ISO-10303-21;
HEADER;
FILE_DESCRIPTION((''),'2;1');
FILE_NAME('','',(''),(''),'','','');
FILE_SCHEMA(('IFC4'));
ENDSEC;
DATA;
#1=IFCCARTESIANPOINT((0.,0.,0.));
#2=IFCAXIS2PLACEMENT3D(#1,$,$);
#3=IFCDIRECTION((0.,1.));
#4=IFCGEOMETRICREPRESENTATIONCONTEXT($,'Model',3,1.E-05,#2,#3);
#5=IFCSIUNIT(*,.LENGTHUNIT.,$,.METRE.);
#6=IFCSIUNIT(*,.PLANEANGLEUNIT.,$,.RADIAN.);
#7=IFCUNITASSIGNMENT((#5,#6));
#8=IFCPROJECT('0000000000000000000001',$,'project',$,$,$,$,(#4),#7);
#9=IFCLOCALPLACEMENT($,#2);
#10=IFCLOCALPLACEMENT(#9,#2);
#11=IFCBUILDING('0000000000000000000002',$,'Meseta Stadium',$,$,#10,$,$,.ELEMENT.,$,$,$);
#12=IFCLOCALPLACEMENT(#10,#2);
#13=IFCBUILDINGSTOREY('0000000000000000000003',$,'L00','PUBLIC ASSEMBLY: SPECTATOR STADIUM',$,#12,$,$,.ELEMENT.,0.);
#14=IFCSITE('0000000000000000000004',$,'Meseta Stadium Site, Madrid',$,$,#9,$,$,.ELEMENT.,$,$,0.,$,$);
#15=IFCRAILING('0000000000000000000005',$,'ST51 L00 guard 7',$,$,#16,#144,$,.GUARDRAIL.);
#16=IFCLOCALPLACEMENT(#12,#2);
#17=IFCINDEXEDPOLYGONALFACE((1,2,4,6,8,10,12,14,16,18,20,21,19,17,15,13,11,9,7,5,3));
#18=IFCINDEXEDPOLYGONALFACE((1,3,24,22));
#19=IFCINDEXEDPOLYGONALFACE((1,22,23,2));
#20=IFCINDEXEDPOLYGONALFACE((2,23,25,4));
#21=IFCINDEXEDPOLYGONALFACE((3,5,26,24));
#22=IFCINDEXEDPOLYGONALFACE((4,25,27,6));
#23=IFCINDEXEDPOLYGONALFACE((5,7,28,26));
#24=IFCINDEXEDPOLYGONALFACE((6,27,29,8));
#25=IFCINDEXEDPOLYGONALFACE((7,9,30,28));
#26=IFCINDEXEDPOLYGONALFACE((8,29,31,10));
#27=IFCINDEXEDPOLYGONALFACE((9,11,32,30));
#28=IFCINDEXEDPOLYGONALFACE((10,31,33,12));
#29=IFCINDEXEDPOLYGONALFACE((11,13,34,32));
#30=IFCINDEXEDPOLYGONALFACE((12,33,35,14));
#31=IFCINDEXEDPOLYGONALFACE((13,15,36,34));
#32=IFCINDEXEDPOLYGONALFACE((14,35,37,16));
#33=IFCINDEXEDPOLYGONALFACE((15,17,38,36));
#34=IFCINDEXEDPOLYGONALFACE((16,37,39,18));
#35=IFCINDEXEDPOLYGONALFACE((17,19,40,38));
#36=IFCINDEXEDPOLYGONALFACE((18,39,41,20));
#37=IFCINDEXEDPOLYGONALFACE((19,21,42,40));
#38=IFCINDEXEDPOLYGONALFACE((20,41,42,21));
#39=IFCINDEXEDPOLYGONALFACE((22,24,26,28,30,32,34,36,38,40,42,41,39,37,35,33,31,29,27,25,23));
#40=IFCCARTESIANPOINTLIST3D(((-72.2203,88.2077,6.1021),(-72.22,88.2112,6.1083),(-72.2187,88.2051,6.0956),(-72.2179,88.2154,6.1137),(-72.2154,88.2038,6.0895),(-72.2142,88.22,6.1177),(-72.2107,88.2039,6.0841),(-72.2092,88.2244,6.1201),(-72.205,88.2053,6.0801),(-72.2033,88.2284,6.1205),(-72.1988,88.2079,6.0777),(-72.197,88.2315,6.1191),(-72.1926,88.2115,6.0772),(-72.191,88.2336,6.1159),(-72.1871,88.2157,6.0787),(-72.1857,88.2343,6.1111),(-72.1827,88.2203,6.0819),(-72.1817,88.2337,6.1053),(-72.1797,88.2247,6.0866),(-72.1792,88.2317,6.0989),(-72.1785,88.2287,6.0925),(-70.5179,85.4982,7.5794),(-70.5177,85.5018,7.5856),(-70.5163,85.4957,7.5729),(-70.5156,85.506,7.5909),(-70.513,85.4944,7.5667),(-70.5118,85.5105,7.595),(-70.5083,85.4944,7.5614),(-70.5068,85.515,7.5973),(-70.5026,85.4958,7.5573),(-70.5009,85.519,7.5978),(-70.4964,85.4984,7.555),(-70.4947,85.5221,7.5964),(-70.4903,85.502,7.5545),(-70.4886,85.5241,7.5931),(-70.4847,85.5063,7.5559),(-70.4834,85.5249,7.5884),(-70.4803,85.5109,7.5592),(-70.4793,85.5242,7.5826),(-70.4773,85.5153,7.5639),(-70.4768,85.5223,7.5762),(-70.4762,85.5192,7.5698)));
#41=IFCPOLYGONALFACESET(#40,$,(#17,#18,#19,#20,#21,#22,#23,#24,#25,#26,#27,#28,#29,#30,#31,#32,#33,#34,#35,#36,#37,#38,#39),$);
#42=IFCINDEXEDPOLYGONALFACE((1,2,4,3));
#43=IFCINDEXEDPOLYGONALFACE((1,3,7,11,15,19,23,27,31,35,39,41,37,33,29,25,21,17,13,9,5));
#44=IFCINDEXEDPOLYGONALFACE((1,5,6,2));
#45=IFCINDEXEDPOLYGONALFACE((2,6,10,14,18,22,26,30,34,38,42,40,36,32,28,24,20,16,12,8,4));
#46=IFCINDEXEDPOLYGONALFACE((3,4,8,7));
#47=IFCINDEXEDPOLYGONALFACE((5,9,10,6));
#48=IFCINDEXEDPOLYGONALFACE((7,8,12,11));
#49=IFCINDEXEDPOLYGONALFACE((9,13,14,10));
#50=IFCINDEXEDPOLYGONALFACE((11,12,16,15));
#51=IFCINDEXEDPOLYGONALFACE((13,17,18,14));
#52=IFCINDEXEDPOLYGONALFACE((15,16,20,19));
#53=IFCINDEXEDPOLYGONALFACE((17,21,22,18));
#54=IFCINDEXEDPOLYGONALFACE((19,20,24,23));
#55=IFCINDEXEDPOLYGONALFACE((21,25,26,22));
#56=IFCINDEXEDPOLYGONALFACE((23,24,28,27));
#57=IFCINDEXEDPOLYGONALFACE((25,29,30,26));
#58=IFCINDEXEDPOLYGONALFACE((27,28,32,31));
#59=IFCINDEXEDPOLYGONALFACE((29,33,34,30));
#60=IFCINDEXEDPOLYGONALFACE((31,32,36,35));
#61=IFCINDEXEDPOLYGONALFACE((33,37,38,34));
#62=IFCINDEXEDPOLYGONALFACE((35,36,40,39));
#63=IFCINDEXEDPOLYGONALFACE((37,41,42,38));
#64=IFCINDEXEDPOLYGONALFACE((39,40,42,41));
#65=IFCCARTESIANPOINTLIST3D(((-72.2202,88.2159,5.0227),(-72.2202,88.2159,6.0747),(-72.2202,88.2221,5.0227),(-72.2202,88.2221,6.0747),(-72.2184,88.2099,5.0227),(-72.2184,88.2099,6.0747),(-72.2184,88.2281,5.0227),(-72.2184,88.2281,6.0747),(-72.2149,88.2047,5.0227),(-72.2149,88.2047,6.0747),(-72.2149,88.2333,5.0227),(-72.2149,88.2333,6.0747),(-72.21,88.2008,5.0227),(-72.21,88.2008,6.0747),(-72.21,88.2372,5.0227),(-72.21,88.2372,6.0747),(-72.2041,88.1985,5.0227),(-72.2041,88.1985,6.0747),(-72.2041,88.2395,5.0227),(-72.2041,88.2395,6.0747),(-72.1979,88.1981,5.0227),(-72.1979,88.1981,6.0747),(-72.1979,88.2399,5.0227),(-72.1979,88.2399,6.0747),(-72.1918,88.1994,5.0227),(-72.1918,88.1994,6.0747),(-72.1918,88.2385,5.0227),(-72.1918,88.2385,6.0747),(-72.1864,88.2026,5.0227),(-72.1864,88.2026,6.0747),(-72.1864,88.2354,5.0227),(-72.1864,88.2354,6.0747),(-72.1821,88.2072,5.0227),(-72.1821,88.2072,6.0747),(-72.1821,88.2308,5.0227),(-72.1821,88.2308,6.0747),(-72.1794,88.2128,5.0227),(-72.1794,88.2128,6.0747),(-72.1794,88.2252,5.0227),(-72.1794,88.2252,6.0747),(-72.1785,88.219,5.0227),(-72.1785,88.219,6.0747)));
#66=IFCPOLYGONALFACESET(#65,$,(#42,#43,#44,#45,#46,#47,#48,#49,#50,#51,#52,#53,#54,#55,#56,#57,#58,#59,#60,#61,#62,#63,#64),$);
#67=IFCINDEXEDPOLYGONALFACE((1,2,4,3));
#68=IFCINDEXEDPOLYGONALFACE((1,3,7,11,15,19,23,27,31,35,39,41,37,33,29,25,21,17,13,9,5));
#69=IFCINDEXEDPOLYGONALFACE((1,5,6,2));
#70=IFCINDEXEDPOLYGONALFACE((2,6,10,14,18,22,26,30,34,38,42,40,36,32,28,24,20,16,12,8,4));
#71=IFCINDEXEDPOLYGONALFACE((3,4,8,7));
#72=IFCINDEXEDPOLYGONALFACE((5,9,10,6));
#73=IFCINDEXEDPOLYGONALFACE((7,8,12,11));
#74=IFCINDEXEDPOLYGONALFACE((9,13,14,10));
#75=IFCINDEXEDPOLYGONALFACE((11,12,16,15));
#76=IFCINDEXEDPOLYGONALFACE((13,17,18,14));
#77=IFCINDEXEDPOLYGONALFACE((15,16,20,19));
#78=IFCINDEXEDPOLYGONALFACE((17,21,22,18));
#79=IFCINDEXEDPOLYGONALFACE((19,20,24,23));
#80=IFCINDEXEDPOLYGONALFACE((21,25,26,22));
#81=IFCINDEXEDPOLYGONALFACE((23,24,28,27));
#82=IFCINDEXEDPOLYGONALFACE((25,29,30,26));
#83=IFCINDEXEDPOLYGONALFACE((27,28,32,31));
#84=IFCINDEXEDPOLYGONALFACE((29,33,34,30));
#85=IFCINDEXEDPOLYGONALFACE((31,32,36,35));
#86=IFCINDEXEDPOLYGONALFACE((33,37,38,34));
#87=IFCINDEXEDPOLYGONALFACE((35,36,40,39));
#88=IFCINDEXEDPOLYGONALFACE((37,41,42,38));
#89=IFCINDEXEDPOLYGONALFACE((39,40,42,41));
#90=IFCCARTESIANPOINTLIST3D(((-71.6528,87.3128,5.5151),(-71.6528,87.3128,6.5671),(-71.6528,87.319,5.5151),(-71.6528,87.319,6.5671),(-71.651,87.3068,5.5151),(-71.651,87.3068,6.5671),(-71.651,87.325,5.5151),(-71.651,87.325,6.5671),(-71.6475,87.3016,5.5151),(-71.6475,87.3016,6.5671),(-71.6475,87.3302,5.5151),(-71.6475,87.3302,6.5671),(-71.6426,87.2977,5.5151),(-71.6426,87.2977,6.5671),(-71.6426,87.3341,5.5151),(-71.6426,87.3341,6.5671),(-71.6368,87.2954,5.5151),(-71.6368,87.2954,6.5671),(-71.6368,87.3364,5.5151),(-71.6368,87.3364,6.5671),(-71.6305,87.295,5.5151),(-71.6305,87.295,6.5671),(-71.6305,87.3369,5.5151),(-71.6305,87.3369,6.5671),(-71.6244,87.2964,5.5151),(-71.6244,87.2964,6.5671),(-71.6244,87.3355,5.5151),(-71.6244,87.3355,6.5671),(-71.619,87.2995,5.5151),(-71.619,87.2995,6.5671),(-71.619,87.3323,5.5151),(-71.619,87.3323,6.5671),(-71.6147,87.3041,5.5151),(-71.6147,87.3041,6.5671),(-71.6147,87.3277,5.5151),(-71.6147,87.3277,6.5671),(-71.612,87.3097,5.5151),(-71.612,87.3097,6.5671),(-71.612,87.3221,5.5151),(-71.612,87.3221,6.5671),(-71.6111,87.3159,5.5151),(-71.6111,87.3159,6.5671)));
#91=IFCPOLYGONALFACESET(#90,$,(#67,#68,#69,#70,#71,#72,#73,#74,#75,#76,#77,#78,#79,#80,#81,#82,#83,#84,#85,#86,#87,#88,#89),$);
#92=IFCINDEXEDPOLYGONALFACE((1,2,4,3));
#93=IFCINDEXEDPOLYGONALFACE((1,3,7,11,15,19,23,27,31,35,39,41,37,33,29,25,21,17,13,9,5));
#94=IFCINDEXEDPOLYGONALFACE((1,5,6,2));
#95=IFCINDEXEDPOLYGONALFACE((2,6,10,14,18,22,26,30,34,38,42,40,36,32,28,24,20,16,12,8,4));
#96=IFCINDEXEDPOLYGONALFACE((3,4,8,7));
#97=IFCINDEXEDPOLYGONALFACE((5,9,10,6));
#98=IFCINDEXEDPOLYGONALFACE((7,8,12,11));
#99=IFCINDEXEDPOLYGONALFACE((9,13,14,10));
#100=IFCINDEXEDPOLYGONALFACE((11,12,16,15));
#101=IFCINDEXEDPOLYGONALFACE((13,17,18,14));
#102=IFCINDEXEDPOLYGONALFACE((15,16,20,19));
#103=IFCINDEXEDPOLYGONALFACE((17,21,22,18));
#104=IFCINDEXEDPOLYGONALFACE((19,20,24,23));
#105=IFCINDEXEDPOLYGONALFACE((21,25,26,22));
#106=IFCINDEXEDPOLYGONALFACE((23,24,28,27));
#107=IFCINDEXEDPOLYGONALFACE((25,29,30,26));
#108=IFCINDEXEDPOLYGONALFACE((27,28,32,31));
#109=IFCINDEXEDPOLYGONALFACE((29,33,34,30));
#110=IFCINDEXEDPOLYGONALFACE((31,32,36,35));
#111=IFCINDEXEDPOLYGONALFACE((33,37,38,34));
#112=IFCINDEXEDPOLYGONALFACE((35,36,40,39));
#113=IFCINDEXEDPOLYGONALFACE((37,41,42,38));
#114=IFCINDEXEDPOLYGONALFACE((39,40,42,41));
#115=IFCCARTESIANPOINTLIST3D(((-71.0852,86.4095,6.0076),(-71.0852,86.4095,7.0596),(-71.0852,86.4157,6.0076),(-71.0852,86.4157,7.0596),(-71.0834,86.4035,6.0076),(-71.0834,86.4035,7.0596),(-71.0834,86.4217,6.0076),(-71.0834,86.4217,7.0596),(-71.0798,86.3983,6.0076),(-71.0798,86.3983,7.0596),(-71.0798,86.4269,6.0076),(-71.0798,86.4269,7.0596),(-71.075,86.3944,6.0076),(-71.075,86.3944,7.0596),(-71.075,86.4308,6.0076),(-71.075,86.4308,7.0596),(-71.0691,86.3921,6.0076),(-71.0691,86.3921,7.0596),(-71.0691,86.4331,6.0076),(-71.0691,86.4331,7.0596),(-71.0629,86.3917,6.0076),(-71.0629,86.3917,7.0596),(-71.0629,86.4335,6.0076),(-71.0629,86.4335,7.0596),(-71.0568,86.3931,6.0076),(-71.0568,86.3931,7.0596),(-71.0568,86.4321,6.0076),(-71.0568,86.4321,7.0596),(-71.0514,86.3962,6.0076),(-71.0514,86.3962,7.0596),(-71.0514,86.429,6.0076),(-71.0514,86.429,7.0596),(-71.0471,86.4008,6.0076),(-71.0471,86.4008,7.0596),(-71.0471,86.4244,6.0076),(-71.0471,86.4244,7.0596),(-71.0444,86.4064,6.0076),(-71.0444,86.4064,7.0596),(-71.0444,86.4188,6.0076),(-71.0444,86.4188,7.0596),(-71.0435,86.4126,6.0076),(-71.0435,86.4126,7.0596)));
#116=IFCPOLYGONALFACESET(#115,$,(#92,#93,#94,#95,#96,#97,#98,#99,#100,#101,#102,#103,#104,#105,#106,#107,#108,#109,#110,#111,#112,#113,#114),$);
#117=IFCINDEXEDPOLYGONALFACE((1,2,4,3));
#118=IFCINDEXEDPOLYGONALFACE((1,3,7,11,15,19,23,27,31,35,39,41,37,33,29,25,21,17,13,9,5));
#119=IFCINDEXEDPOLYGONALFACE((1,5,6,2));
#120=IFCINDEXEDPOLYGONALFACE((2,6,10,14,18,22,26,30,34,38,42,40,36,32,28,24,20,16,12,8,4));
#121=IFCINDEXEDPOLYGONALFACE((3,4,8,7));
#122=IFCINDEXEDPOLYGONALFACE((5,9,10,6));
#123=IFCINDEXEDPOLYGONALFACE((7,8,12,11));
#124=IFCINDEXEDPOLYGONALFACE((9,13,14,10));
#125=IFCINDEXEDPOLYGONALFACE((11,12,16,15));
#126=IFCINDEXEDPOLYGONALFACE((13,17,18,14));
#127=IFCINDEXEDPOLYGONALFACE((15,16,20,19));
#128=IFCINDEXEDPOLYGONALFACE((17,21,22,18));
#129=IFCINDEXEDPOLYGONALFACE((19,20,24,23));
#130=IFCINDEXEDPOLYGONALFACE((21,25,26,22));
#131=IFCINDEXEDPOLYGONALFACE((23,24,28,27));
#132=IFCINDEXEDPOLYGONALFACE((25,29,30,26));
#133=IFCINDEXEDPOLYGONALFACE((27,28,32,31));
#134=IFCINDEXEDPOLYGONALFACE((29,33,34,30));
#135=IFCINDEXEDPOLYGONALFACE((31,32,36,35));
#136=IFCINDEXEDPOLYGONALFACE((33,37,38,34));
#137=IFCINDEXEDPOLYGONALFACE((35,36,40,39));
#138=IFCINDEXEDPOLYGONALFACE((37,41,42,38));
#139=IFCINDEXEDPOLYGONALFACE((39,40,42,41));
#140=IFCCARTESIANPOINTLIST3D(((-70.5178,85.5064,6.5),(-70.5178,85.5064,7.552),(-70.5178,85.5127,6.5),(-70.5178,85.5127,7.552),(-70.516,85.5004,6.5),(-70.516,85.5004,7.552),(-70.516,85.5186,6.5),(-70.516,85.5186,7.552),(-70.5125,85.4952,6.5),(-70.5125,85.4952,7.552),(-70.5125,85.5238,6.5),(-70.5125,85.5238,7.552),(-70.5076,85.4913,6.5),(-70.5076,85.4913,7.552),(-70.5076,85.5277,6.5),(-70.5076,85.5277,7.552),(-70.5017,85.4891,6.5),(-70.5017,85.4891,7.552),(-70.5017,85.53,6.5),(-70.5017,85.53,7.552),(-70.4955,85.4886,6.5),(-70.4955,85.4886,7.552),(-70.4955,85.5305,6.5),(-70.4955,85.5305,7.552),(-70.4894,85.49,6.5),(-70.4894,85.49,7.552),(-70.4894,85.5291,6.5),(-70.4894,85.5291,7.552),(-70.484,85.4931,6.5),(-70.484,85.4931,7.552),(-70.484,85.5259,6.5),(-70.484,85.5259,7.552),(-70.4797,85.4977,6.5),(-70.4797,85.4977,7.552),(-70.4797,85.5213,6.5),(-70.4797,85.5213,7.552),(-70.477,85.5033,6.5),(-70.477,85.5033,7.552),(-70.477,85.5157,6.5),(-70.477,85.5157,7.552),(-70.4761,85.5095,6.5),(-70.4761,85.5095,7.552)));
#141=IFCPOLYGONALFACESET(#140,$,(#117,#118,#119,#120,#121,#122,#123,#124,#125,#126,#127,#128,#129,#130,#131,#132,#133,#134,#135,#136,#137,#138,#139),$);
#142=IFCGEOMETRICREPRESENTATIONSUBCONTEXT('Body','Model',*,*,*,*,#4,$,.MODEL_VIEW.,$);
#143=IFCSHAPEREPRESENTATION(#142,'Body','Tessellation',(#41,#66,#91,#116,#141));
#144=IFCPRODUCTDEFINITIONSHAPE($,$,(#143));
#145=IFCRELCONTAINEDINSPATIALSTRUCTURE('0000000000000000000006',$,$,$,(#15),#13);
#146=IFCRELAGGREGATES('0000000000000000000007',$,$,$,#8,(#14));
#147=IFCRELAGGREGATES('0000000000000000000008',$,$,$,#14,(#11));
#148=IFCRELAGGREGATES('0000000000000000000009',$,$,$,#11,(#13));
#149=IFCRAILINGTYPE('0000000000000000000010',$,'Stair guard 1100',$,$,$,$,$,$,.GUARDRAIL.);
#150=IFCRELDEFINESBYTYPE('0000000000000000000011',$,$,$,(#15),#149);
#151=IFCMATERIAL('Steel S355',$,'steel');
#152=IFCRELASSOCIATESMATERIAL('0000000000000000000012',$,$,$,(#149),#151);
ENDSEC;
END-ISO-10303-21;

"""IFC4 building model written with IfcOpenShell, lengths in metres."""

from ifc_helpers import new_model, si_unit, direction, frame, origin, origin_2d, place, context, subcontext, project, spatial, circle, extrude, material, type_object, element, save


model = new_model("IFC4")

# Units and contexts
model_context = context("Model", 3, precision=1e-05, world=origin(), true_north=direction((0.0, 1.0)))
body_context = subcontext(model_context, "Body", "Model", "MODEL_VIEW")
ifc_project = project(units=[si_unit("LENGTHUNIT", "METRE"), si_unit("PLANEANGLEUNIT", "RADIAN")], contexts=[model_context])

# Site, building, storey
site_placement = place(None, origin())
site = spatial("IfcSite", under=ifc_project, at=site_placement, Name="Meseta Stadium Site, Madrid", CompositionType="ELEMENT", RefElevation=0.0)
building_placement = place(site_placement, origin())
building = spatial("IfcBuilding", under=site, at=building_placement, Name="Meseta Stadium", CompositionType="ELEMENT")
storey_placement = place(building_placement, origin())
storey = spatial("IfcBuildingStorey", under=building, at=storey_placement, Name="L00", Description="PUBLIC ASSEMBLY: SPECTATOR STADIUM", CompositionType="ELEMENT", Elevation=0.0)

# Railing
ifc_material_1 = material(Name="Steel S355", Category="steel")
railing_type_1 = type_object("IfcRailingType", Name="Stair guard 1100", PredefinedType="GUARDRAIL", material=ifc_material_1)
railing_1_placement = place(storey_placement, frame((-72.1995, 88.219, 5.0227)))
element("IfcRailing", 1, at=railing_1_placement, inside=storey, type_object=railing_type_1, Name="ST51 L00 guard 7", PredefinedType="GUARDRAIL", context=body_context, shape_type="SweptSolid", body=[
    extrude(circle(Radius=0.0239, at=origin_2d()), frame((0.0, 0.0, 1.0762), z_axis=(0.483023, -0.768764, 0.419156), x_axis=(0.846736, 0.532014, 0.0)), (0.0, 0.0, 1.0), 3.5244),
    extrude(circle(Radius=0.021, at=origin_2d()), origin(), (0.0, 0.0, 1.0), 1.052),
    extrude(circle(Radius=0.021, at=origin_2d()), frame((0.5674, -0.9031, 0.4924)), (0.0, 0.0, 1.0), 1.052),
    extrude(circle(Radius=0.021, at=origin_2d()), frame((1.135, -1.8064, 0.9849)), (0.0, 0.0, 1.0), 1.052),
    extrude(circle(Radius=0.021, at=origin_2d()), frame((1.7024, -2.7095, 1.4773)), (0.0, 0.0, 1.0), 1.052),
])

save(model, "model.ifc")
